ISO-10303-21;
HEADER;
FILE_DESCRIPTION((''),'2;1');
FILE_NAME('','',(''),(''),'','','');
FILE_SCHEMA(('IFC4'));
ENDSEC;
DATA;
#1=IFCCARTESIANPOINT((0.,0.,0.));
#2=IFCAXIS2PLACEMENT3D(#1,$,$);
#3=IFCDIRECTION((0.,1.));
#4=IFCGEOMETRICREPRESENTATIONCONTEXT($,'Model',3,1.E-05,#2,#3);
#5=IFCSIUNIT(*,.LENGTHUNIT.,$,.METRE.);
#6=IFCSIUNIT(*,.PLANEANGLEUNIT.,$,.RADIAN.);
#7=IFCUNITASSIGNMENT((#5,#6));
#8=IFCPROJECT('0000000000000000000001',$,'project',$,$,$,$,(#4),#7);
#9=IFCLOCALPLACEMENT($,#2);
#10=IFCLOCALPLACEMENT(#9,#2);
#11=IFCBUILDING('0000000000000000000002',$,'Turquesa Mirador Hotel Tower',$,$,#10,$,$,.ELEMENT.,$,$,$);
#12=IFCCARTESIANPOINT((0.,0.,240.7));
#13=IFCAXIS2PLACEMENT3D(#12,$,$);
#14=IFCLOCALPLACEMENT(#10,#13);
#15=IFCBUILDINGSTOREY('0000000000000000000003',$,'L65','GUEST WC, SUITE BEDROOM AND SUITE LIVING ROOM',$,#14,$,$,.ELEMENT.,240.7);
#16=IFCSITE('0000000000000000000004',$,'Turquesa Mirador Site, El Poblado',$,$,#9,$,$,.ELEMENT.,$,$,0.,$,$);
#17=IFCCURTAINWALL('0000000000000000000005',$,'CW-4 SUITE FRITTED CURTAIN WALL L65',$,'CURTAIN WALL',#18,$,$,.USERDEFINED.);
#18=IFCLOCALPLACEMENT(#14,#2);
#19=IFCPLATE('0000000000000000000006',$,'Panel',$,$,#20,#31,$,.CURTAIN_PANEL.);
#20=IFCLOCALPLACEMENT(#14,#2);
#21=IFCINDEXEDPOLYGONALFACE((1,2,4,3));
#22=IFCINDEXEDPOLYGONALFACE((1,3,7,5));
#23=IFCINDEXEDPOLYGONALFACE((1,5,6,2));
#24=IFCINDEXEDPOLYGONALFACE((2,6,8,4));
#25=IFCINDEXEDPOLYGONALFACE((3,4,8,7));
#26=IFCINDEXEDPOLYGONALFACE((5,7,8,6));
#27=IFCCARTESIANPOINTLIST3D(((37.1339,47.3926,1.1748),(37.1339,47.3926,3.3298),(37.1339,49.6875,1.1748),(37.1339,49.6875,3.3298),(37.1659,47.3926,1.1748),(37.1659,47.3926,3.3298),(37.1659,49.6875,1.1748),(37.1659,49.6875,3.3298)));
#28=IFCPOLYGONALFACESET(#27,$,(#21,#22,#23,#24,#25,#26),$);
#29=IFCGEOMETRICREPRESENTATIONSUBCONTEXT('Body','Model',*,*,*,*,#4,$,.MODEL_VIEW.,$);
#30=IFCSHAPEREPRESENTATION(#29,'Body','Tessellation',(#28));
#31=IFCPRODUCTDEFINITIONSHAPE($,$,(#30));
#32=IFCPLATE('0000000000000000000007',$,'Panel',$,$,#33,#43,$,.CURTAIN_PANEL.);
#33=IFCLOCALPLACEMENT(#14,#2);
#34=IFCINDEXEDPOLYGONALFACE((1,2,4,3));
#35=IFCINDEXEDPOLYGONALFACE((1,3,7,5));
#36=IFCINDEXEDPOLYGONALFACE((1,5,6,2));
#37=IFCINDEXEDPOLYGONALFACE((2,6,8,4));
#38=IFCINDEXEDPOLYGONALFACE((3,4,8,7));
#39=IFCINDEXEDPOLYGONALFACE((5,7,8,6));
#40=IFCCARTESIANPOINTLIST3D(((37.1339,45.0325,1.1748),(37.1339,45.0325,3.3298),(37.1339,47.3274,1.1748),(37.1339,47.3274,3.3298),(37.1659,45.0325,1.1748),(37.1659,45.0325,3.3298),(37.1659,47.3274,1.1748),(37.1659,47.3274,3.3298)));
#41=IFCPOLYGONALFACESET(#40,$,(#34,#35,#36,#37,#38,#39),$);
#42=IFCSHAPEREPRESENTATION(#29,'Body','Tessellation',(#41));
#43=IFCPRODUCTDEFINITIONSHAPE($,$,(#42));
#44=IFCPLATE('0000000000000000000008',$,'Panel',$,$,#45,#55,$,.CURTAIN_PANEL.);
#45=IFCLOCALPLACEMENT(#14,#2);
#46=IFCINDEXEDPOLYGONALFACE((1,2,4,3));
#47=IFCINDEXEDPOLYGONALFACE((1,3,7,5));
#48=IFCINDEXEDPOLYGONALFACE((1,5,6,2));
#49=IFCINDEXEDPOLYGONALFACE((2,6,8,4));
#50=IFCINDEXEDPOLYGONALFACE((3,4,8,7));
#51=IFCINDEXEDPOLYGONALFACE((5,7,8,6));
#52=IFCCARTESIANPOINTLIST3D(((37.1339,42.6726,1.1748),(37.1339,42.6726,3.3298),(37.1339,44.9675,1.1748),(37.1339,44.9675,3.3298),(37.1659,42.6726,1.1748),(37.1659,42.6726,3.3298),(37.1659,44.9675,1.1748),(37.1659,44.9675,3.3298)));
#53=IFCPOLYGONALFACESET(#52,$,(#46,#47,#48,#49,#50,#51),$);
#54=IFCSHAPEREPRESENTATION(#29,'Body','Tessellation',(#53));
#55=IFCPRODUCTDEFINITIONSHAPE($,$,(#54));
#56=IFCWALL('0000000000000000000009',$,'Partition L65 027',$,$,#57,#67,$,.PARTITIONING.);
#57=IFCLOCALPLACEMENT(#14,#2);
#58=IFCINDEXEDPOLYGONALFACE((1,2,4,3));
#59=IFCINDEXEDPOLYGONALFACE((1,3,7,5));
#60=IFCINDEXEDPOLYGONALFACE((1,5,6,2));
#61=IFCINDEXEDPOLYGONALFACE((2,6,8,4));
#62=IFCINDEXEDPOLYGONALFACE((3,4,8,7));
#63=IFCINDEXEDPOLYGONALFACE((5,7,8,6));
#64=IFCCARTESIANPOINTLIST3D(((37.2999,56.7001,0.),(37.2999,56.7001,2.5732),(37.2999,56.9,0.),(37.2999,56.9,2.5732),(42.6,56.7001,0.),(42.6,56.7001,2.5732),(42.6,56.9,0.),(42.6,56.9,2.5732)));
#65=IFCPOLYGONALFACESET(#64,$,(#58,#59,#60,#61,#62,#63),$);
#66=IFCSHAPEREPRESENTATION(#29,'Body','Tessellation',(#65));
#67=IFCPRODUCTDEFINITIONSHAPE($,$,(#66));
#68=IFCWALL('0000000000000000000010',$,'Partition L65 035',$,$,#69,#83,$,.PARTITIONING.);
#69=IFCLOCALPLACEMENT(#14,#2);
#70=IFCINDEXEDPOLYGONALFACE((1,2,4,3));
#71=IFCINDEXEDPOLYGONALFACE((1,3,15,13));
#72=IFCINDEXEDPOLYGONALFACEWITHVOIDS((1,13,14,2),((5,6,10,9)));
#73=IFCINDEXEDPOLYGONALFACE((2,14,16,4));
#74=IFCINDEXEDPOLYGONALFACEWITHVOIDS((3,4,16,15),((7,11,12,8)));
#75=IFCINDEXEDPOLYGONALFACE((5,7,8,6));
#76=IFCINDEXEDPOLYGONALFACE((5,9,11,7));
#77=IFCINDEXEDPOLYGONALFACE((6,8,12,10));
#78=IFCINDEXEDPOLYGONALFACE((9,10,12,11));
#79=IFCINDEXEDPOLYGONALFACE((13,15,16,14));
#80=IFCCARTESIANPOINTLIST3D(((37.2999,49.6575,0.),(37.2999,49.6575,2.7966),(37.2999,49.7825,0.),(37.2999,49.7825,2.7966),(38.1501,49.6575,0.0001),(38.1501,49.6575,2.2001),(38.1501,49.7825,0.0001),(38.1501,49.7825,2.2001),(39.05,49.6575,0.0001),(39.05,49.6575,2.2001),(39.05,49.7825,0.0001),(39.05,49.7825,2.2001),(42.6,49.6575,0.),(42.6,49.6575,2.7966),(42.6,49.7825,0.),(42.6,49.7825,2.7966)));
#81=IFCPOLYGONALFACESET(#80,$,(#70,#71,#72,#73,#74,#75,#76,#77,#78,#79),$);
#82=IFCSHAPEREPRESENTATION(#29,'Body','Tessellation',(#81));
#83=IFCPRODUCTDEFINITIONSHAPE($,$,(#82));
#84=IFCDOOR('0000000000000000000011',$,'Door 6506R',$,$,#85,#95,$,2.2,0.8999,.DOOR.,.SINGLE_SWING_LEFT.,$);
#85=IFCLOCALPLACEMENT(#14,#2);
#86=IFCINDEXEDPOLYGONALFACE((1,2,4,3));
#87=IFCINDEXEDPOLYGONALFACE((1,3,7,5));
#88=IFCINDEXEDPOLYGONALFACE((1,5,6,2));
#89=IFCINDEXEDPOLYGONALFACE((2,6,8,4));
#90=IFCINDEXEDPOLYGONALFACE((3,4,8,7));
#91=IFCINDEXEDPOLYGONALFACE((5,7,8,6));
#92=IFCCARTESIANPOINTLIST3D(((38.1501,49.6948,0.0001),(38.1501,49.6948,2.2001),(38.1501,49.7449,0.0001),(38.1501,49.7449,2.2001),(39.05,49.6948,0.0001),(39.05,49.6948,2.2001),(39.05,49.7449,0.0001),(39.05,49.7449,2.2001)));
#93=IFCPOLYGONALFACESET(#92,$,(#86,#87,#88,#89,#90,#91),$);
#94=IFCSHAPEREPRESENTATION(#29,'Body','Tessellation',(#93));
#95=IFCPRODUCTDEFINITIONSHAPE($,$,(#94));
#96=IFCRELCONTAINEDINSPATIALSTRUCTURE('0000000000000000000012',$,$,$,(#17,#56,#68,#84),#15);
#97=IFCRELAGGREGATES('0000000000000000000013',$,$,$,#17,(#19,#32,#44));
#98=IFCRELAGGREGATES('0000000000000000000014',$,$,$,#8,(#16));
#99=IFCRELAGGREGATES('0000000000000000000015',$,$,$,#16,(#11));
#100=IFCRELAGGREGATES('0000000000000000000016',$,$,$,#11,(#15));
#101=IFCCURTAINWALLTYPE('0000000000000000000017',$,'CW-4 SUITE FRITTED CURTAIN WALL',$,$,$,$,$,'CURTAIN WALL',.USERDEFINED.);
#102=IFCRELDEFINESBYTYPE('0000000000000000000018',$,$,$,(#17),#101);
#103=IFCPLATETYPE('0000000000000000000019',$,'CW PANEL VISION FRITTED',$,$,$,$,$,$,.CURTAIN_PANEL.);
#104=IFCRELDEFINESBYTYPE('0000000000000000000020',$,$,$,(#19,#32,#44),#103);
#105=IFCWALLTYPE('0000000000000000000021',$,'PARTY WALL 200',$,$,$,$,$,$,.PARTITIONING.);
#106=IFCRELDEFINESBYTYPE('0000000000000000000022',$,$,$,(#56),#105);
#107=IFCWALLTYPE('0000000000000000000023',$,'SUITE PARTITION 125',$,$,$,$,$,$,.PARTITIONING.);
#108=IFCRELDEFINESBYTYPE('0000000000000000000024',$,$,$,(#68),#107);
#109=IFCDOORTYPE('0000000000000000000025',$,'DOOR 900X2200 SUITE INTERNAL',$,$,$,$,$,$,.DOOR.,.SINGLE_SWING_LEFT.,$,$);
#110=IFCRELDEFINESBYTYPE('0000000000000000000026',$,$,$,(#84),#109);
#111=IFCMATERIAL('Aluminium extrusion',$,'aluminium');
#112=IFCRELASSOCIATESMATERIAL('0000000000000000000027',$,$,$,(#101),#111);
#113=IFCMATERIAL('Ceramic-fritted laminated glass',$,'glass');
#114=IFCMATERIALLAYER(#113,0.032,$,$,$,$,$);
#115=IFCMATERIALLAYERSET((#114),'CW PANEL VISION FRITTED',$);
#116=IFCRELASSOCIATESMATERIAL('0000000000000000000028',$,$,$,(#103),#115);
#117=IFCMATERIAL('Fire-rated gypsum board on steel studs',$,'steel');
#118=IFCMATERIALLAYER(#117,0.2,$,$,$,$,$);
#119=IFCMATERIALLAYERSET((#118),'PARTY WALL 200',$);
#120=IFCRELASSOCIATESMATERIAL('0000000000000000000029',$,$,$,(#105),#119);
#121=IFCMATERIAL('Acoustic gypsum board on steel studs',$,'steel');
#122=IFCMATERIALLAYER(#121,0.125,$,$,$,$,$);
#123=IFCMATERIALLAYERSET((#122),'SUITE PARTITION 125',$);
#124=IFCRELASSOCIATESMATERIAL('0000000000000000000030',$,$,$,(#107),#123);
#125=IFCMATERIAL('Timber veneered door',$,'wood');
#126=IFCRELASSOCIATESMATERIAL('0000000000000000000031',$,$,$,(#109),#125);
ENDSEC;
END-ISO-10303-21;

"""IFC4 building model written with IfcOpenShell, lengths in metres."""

from ifc_helpers import new_model, si_unit, direction, frame, frame_2d, origin, origin_2d, place, context, subcontext, project, spatial, rectangle, extrude, material, layer, layer_set, type_object, element, fill, aggregate, save


model = new_model("IFC4")

# Units and contexts
model_context = context("Model", 3, precision=1e-05, world=origin(), true_north=direction((0.0, 1.0)))
body_context = subcontext(model_context, "Body", "Model", "MODEL_VIEW")
ifc_project = project(units=[si_unit("LENGTHUNIT", "METRE"), si_unit("PLANEANGLEUNIT", "RADIAN")], contexts=[model_context])

# Site, building, storey
site_placement = place(None, origin())
site = spatial("IfcSite", under=ifc_project, at=site_placement, Name="Turquesa Mirador Site, El Poblado", CompositionType="ELEMENT", RefElevation=0.0)
building_placement = place(site_placement, origin())
building = spatial("IfcBuilding", under=site, at=building_placement, Name="Turquesa Mirador Hotel Tower", CompositionType="ELEMENT")
storey_placement = place(building_placement, frame((0.0, 0.0, 240.7)))
storey = spatial("IfcBuildingStorey", under=building, at=storey_placement, Name="L65", Description="GUEST WC, SUITE BEDROOM AND SUITE LIVING ROOM", CompositionType="ELEMENT", Elevation=240.7)

# Curtain wall
ifc_material_1 = material(Name="Aluminium extrusion", Category="aluminium")
curtain_wall_type = type_object("IfcCurtainWallType", Name="CW-4 SUITE FRITTED CURTAIN WALL", ElementType="CURTAIN WALL", PredefinedType="USERDEFINED", material=ifc_material_1)
curtain_wall_1_placement = place(storey_placement, origin())
curtain_wall_1 = element("IfcCurtainWall", 1, at=curtain_wall_1_placement, inside=storey, type_object=curtain_wall_type, Name="CW-4 SUITE FRITTED CURTAIN WALL L65", ObjectType="CURTAIN WALL", PredefinedType="USERDEFINED")

# Plates
ifc_material_2 = material(Name="Ceramic-fritted laminated glass", Category="glass")
ifc_layer_1 = layer(ifc_material_2, 0.032)
ifc_layer_set_1 = layer_set([ifc_layer_1], Name="CW PANEL VISION FRITTED")
plate_type_1 = type_object("IfcPlateType", Name="CW PANEL VISION FRITTED", PredefinedType="CURTAIN_PANEL", material=ifc_layer_set_1)
plate_1_placement = place(storey_placement, frame((37.1499, 48.54, 1.1748), z_axis=(0.0, 0.0, 1.0), x_axis=(0.0, -1.0, 0.0)))
plate_1 = element("IfcPlate", 2, at=plate_1_placement, type_object=plate_type_1, Name="Panel", PredefinedType="CURTAIN_PANEL", context=body_context, shape_type="SweptSolid", body=[
    extrude(rectangle(XDim=2.2949, YDim=0.032, at=origin_2d()), origin(), (0.0, 0.0, 1.0), 2.155),
])
plate_2_placement = place(storey_placement, frame((37.1499, 46.1799, 1.1748), z_axis=(0.0, 0.0, 1.0), x_axis=(0.0, -1.0, 0.0)))
plate_2 = element("IfcPlate", 3, at=plate_2_placement, type_object=plate_type_1, Name="Panel", PredefinedType="CURTAIN_PANEL", context=body_context, shape_type="SweptSolid", body=[
    extrude(rectangle(XDim=2.2949, YDim=0.032, at=origin_2d()), origin(), (0.0, 0.0, 1.0), 2.155),
])
plate_3_placement = place(storey_placement, frame((37.1499, 43.8201, 1.1748), z_axis=(0.0, 0.0, 1.0), x_axis=(0.0, -1.0, 0.0)))
plate_3 = element("IfcPlate", 4, at=plate_3_placement, type_object=plate_type_1, Name="Panel", PredefinedType="CURTAIN_PANEL", context=body_context, shape_type="SweptSolid", body=[
    extrude(rectangle(XDim=2.2949, YDim=0.032, at=origin_2d()), origin(), (0.0, 0.0, 1.0), 2.155),
])
aggregate(curtain_wall_1, [plate_1, plate_2, plate_3])

# Wall
ifc_material_3 = material(Name="Fire-rated gypsum board on steel studs", Category="steel")
ifc_layer_2 = layer(ifc_material_3, 0.2)
ifc_layer_set_2 = layer_set([ifc_layer_2], Name="PARTY WALL 200")
wall_type_1 = type_object("IfcWallType", Name="PARTY WALL 200", PredefinedType="PARTITIONING", material=ifc_layer_set_2)
wall_1_placement = place(storey_placement, frame((37.3, 56.8, 0.0), z_axis=(0.0, 0.0, 1.0), x_axis=(1.0, 0.0, 0.0)))
element("IfcWall", 5, at=wall_1_placement, inside=storey, type_object=wall_type_1, Name="Partition L65 027", PredefinedType="PARTITIONING", context=body_context, shape_type="SweptSolid", body=[
    extrude(rectangle(XDim=5.3, YDim=0.2, at=frame_2d((2.6499, 0.0))), origin(), (0.0, 0.0, 1.0), 2.5732),
])

# Wall, opening, door
ifc_material_4 = material(Name="Acoustic gypsum board on steel studs", Category="steel")
ifc_layer_3 = layer(ifc_material_4, 0.125)
ifc_layer_set_3 = layer_set([ifc_layer_3], Name="SUITE PARTITION 125")
wall_type_2 = type_object("IfcWallType", Name="SUITE PARTITION 125", PredefinedType="PARTITIONING", material=ifc_layer_set_3)
wall_2_placement = place(storey_placement, frame((37.3, 49.72, 0.0), z_axis=(0.0, 0.0, 1.0), x_axis=(1.0, 0.0, 0.0)))
wall_2 = element("IfcWall", 6, at=wall_2_placement, inside=storey, type_object=wall_type_2, Name="Partition L65 035", PredefinedType="PARTITIONING", context=body_context, shape_type="SweptSolid", body=[
    extrude(rectangle(XDim=5.3, YDim=0.125, at=frame_2d((2.6499, 0.0))), origin(), (0.0, 0.0, 1.0), 2.7966),
])
opening_placement = place(wall_2_placement, frame((0.8501, 0.0, 0.0)))
opening = element("IfcOpeningElement", 7, at=opening_placement, cuts=wall_2, PredefinedType="OPENING", context=body_context, shape_type="SweptSolid", body=[
    extrude(rectangle(XDim=0.8999, YDim=2.2, at=frame_2d((0.45, 1.1001))), frame((0.0, 0.0725, 0.0), z_axis=(0.0, -1.0, 0.0), x_axis=(1.0, 0.0, 0.0)), (0.0, 0.0, 1.0), 0.145),
])
ifc_material_5 = material(Name="Timber veneered door", Category="wood")
door_type = type_object("IfcDoorType", Name="DOOR 900X2200 SUITE INTERNAL", OperationType="SINGLE_SWING_LEFT", PredefinedType="DOOR", material=ifc_material_5)
door_placement = place(opening_placement, origin())
door = element("IfcDoor", 8, at=door_placement, inside=storey, type_object=door_type, Name="Door 6506R", OperationType="SINGLE_SWING_LEFT", OverallHeight=2.2, OverallWidth=0.8999, PredefinedType="DOOR", context=body_context, shape_type="SweptSolid", body=[
    extrude(rectangle(XDim=0.8999, YDim=2.2, at=frame_2d((0.45, 1.1001))), frame((0.0, 0.0249, 0.0), z_axis=(0.0, -1.0, 0.0), x_axis=(1.0, 0.0, 0.0)), (0.0, 0.0, 1.0), 0.05),
])
fill(opening, door)

save(model, "model.ifc")
